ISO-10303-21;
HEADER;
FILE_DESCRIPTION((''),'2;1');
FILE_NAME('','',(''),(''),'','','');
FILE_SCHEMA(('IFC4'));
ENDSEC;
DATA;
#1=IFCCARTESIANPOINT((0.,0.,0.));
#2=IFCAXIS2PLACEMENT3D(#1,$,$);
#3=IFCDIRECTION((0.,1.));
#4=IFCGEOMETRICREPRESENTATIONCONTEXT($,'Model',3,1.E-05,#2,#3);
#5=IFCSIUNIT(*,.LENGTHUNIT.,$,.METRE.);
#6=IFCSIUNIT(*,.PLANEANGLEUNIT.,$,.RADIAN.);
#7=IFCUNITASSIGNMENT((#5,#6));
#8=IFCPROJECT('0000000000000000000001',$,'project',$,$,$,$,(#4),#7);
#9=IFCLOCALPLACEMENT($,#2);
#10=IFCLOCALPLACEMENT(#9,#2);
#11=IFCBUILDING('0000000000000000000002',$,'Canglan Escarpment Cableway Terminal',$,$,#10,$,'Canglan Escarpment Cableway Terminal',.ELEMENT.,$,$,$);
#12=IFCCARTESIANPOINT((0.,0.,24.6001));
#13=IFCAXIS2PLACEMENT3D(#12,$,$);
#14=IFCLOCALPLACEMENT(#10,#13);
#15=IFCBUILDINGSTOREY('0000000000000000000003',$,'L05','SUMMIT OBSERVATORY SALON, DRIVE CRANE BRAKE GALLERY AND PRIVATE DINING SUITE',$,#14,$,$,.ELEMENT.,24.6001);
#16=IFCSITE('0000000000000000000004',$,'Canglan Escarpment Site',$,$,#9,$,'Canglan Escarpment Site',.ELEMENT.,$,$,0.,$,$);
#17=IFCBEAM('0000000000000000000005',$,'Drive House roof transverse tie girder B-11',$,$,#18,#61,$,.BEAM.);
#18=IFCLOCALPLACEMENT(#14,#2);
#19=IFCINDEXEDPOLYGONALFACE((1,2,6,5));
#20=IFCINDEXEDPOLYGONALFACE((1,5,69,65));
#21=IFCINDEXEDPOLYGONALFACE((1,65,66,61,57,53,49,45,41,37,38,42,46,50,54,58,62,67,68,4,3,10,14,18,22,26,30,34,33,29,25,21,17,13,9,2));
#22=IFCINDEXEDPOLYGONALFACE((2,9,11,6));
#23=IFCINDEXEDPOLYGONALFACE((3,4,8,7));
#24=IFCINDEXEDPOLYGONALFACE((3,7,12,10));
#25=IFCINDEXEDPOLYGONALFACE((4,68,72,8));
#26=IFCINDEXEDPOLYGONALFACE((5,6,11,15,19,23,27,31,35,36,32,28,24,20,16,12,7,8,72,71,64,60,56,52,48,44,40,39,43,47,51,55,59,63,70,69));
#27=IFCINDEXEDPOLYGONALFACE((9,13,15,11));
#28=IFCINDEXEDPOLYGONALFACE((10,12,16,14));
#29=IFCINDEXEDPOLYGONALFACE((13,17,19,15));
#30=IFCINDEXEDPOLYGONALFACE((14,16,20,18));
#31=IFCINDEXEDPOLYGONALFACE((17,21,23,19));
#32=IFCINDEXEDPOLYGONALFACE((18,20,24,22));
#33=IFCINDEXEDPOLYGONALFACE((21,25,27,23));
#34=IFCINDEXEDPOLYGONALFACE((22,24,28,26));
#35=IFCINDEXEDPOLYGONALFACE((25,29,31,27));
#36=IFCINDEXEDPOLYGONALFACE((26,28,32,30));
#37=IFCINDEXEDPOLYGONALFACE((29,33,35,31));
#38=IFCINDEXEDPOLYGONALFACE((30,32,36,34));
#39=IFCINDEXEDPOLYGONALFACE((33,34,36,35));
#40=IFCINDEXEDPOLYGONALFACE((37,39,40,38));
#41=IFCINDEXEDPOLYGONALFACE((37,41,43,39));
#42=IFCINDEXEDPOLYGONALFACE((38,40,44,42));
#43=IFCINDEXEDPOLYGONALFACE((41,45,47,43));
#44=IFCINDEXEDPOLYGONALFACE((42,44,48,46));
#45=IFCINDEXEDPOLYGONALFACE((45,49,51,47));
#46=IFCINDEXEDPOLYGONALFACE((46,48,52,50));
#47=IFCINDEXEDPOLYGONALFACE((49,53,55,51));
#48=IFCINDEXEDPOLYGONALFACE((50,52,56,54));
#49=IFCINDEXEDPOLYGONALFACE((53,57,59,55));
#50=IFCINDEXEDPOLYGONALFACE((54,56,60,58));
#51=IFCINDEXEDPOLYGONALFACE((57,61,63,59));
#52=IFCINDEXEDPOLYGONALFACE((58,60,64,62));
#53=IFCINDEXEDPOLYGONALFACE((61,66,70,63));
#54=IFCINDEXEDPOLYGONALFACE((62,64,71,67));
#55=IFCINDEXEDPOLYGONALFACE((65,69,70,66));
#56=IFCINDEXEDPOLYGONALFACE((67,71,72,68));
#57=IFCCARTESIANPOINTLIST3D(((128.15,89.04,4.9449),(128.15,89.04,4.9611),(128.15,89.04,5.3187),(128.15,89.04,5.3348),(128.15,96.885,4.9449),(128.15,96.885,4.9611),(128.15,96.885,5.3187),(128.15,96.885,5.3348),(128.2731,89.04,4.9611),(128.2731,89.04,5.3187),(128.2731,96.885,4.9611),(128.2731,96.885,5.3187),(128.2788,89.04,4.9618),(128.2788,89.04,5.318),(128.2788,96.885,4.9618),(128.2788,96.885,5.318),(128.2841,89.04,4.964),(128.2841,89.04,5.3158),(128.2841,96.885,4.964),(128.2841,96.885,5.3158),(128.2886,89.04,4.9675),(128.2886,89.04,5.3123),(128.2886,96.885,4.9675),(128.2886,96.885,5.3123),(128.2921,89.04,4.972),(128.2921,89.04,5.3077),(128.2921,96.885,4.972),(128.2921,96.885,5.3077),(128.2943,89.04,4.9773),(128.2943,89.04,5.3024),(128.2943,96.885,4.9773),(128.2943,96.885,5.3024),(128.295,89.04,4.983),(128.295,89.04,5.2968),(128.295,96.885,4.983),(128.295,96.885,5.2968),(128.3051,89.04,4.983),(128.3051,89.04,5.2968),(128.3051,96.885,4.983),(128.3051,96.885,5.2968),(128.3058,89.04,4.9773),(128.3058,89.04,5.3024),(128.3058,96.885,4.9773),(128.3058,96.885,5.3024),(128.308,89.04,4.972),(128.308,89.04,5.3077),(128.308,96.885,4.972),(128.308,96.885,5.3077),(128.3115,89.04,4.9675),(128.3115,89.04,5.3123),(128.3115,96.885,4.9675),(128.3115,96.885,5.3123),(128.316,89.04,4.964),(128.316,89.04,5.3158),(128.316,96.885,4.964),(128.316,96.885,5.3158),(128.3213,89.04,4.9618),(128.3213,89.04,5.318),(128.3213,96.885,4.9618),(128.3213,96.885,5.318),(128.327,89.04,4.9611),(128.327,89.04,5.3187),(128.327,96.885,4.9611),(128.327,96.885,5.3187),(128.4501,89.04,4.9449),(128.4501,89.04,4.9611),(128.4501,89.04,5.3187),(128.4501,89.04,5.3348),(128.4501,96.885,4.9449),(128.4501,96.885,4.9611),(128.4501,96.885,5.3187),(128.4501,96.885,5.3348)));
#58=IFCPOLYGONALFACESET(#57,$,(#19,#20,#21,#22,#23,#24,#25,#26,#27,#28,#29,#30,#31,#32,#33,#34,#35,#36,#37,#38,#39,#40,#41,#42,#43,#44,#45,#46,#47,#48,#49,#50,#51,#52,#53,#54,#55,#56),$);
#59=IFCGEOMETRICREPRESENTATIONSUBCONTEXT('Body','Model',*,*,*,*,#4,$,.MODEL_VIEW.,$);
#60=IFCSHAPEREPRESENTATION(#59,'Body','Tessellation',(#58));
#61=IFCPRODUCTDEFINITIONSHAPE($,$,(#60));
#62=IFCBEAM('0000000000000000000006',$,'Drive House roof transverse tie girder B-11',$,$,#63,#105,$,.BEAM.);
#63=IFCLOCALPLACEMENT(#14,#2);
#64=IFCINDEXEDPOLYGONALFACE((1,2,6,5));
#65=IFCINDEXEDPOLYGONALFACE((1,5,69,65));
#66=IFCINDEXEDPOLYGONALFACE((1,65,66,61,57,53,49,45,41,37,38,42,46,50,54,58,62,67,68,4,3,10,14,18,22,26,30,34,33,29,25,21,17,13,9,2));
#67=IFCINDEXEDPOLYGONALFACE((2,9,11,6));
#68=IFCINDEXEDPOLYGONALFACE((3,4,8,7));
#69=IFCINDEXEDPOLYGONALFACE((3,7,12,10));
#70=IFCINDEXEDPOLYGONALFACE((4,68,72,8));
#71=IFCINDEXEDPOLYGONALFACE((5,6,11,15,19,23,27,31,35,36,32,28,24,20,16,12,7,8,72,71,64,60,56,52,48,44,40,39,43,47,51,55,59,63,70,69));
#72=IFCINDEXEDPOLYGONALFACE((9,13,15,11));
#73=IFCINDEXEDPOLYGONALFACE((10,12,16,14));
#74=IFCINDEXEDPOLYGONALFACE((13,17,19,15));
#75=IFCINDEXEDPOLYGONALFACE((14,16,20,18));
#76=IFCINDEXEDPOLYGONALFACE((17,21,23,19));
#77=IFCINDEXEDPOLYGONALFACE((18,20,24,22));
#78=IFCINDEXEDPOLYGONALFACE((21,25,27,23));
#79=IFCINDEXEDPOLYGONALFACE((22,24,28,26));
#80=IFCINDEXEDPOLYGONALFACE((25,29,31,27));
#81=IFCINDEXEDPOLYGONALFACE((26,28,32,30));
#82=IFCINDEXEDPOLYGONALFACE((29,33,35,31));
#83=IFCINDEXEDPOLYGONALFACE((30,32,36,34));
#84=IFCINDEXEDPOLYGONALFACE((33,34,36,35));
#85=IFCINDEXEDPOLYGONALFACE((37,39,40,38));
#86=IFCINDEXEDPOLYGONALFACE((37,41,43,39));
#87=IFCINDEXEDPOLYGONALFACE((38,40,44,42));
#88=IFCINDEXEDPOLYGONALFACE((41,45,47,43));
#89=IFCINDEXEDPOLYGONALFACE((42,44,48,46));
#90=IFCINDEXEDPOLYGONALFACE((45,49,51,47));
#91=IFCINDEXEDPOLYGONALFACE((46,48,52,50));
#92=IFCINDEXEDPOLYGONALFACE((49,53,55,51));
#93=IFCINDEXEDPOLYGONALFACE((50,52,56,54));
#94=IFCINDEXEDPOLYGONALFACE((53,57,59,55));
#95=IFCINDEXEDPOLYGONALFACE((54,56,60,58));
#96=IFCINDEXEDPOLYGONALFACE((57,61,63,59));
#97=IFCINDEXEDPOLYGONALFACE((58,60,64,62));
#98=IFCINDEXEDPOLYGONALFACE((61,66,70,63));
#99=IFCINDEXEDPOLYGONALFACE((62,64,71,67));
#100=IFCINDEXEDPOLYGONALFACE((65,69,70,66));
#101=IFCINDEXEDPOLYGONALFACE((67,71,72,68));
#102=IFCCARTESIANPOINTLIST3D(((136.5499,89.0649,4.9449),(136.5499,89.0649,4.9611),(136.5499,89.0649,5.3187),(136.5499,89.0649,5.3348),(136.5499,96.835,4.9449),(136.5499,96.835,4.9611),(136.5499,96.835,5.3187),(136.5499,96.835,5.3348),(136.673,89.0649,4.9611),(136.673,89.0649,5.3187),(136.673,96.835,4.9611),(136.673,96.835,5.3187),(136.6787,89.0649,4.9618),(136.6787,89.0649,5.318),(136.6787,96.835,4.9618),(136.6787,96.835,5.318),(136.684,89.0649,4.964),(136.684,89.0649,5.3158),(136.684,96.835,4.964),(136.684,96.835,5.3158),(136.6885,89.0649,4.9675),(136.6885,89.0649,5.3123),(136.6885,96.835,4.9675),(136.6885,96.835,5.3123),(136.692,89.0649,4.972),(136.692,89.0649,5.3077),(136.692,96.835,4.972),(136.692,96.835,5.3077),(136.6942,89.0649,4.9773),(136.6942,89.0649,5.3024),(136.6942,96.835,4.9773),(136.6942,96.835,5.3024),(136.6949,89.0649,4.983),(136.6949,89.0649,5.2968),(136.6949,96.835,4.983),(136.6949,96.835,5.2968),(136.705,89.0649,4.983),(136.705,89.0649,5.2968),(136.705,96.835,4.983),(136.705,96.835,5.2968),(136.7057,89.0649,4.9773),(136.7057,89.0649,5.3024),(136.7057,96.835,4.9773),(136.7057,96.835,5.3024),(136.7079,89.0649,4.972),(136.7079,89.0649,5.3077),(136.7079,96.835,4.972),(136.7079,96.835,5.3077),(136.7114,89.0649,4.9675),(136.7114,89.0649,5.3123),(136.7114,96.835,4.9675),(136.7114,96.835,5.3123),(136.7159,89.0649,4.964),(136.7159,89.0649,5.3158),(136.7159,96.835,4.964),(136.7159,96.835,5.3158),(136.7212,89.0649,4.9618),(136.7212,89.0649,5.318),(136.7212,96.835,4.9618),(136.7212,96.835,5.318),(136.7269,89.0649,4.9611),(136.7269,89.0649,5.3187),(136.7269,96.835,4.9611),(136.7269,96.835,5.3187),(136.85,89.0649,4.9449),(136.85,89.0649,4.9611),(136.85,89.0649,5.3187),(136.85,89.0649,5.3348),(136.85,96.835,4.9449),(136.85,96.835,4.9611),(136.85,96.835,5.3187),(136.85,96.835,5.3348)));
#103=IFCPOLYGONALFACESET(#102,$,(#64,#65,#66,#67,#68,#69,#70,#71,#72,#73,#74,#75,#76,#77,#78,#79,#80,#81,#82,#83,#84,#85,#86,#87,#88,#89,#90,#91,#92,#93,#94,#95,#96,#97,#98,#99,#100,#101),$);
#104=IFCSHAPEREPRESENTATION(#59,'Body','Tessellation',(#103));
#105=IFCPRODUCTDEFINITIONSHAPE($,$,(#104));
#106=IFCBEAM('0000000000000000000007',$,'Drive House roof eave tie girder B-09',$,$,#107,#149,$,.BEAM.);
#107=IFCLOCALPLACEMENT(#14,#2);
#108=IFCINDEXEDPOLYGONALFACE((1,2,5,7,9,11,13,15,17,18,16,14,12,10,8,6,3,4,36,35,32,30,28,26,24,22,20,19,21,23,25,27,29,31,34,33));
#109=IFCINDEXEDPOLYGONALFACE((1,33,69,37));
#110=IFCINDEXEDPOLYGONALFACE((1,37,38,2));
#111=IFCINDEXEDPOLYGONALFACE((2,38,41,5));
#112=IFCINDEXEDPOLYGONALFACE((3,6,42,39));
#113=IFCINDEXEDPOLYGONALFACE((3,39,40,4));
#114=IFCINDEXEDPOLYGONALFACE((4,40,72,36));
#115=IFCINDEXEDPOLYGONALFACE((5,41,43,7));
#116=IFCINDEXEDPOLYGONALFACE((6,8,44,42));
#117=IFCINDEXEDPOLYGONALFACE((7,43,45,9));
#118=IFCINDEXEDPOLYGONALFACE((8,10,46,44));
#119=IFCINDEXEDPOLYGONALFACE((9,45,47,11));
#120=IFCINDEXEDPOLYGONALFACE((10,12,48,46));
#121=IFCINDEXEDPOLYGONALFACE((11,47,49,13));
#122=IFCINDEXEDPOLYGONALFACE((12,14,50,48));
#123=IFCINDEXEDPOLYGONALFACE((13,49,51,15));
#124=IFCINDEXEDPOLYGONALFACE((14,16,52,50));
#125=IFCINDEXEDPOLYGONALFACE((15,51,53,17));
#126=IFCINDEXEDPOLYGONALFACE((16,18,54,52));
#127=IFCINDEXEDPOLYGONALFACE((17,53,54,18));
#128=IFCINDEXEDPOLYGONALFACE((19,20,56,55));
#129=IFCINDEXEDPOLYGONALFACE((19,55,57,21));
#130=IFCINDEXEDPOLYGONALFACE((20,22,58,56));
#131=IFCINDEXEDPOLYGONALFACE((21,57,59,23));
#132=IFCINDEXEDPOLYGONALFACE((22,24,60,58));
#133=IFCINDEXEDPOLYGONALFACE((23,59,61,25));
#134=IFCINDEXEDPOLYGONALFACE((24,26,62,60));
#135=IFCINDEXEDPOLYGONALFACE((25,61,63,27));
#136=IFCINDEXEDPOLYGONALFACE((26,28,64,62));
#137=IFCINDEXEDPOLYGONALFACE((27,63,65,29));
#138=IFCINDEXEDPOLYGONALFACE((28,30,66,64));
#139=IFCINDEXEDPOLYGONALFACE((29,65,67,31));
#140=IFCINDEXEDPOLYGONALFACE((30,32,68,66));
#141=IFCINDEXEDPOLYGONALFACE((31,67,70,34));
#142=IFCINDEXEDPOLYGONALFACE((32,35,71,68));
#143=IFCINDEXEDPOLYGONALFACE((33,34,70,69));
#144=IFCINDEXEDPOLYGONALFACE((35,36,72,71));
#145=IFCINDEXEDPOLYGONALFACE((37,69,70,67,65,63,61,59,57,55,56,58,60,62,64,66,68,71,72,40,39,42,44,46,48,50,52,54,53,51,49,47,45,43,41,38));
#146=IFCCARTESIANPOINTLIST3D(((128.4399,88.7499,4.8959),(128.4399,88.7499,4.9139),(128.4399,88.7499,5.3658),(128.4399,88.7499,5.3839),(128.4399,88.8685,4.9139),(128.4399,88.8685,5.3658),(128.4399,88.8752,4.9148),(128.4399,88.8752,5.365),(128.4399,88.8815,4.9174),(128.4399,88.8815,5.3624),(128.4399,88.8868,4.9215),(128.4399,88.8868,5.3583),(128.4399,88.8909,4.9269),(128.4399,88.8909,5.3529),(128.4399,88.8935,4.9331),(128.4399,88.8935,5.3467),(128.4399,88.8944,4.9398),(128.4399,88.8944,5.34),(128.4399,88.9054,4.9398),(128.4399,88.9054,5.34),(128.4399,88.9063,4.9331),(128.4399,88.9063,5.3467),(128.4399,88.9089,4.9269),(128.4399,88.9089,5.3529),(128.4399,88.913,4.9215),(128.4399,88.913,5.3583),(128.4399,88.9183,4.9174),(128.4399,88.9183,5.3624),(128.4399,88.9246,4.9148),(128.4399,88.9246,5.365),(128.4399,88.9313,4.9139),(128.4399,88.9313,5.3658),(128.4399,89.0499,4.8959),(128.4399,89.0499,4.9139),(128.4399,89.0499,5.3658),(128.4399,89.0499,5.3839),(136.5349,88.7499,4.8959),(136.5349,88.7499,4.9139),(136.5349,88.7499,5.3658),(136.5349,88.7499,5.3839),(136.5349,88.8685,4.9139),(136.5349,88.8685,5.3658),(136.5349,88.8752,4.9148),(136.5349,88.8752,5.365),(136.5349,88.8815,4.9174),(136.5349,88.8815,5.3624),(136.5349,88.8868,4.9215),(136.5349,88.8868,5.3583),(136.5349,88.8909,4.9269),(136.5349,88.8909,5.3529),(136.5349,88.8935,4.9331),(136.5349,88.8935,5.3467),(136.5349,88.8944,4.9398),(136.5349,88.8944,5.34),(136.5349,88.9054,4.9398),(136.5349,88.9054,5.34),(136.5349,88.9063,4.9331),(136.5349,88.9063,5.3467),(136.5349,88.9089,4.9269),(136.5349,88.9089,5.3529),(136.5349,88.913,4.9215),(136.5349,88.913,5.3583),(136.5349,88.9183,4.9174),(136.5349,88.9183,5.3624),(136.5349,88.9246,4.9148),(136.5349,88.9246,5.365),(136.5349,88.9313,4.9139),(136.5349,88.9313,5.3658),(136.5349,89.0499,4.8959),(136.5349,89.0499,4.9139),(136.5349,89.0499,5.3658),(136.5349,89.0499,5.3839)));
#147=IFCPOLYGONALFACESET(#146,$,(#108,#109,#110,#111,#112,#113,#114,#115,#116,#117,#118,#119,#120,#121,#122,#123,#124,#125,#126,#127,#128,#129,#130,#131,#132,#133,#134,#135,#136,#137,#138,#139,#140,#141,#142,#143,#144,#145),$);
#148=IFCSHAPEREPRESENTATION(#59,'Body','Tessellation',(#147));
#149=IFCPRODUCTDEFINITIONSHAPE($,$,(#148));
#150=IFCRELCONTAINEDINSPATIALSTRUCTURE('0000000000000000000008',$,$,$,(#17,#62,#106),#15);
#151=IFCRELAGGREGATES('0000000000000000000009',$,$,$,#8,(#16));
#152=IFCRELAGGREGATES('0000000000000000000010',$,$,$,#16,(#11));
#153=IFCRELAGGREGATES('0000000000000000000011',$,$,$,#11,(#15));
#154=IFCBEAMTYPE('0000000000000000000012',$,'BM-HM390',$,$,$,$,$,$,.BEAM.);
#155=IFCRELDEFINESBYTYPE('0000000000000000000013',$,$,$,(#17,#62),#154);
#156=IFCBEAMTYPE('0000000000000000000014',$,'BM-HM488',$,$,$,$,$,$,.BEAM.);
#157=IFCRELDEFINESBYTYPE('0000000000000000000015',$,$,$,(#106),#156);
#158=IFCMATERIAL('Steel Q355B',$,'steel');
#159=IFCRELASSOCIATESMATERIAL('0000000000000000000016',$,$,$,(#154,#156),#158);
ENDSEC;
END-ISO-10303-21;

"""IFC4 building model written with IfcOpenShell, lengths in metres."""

from ifc_helpers import new_model, si_unit, direction, frame, origin, origin_2d, place, context, subcontext, project, spatial, i_section, extrude, material, material_profile, profile_set, type_object, element, save


model = new_model("IFC4")

# Units and contexts
model_context = context("Model", 3, precision=1e-05, world=origin(), true_north=direction((0.0, 1.0)))
body_context = subcontext(model_context, "Body", "Model", "MODEL_VIEW")
ifc_project = project(units=[si_unit("LENGTHUNIT", "METRE"), si_unit("PLANEANGLEUNIT", "RADIAN")], contexts=[model_context])

# Site, building, storey
site_placement = place(None, origin())
site = spatial("IfcSite", under=ifc_project, at=site_placement, Name="Canglan Escarpment Site", LongName="Canglan Escarpment Site", CompositionType="ELEMENT", RefElevation=0.0)
building_placement = place(site_placement, origin())
building = spatial("IfcBuilding", under=site, at=building_placement, Name="Canglan Escarpment Cableway Terminal", LongName="Canglan Escarpment Cableway Terminal", CompositionType="ELEMENT")
storey_placement = place(building_placement, frame((0.0, 0.0, 24.6001)))
storey = spatial("IfcBuildingStorey", under=building, at=storey_placement, Name="L05", Description="SUMMIT OBSERVATORY SALON, DRIVE CRANE BRAKE GALLERY AND PRIVATE DINING SUITE", CompositionType="ELEMENT", Elevation=24.6001)

# Shared definitions
ifc_material_1 = material(Name="Steel Q355B", Category="steel")

# Beams
ifc_material_profile_1 = material_profile(ifc_material_1, i_section(OverallWidth=0.3, OverallDepth=0.3899, WebThickness=0.01, FlangeThickness=0.0161, FilletRadius=0.022, at=origin_2d()), Name="HM 390x300x10x16")
ifc_profile_set_1 = profile_set([ifc_material_profile_1], Name="Steel Q355B")
beam_type_1 = type_object("IfcBeamType", Name="BM-HM390", PredefinedType="BEAM", material=ifc_profile_set_1)
beam_1_placement = place(storey_placement, frame((128.3, 89.04, 5.1399), z_axis=(0.0, 1.0, 0.0), x_axis=(-1.0, 0.0, 0.0)))
element("IfcBeam", 1, at=beam_1_placement, inside=storey, type_object=beam_type_1, Name="Drive House roof transverse tie girder B-11", PredefinedType="BEAM", context=body_context, shape_type="SweptSolid", body=[
    extrude(i_section(OverallWidth=0.3, OverallDepth=0.3899, WebThickness=0.01, FlangeThickness=0.0161, FilletRadius=0.022, at=origin_2d()), origin(), (0.0, 0.0, 1.0), 7.845),
])
beam_2_placement = place(storey_placement, frame((136.7, 89.0649, 5.1399), z_axis=(0.0, 1.0, 0.0), x_axis=(-1.0, 0.0, 0.0)))
element("IfcBeam", 2, at=beam_2_placement, inside=storey, type_object=beam_type_1, Name="Drive House roof transverse tie girder B-11", PredefinedType="BEAM", context=body_context, shape_type="SweptSolid", body=[
    extrude(i_section(OverallWidth=0.3, OverallDepth=0.3899, WebThickness=0.01, FlangeThickness=0.0161, FilletRadius=0.022, at=origin_2d()), origin(), (0.0, 0.0, 1.0), 7.77),
])
ifc_material_profile_2 = material_profile(ifc_material_1, i_section(OverallWidth=0.3, OverallDepth=0.488, WebThickness=0.011, FlangeThickness=0.0181, FilletRadius=0.0259, at=origin_2d()), Name="HM 488x300x11x18")
ifc_profile_set_2 = profile_set([ifc_material_profile_2], Name="Steel Q355B")
beam_type_2 = type_object("IfcBeamType", Name="BM-HM488", PredefinedType="BEAM", material=ifc_profile_set_2)
beam_3_placement = place(storey_placement, frame((128.4399, 88.8999, 5.1399), z_axis=(1.0, 0.0, 0.0), x_axis=(0.0, 1.0, 0.0)))
element("IfcBeam", 3, at=beam_3_placement, inside=storey, type_object=beam_type_2, Name="Drive House roof eave tie girder B-09", PredefinedType="BEAM", context=body_context, shape_type="SweptSolid", body=[
    extrude(i_section(OverallWidth=0.3, OverallDepth=0.488, WebThickness=0.011, FlangeThickness=0.0181, FilletRadius=0.0259, at=origin_2d()), origin(), (0.0, 0.0, 1.0), 8.095),
])

save(model, "model.ifc")
